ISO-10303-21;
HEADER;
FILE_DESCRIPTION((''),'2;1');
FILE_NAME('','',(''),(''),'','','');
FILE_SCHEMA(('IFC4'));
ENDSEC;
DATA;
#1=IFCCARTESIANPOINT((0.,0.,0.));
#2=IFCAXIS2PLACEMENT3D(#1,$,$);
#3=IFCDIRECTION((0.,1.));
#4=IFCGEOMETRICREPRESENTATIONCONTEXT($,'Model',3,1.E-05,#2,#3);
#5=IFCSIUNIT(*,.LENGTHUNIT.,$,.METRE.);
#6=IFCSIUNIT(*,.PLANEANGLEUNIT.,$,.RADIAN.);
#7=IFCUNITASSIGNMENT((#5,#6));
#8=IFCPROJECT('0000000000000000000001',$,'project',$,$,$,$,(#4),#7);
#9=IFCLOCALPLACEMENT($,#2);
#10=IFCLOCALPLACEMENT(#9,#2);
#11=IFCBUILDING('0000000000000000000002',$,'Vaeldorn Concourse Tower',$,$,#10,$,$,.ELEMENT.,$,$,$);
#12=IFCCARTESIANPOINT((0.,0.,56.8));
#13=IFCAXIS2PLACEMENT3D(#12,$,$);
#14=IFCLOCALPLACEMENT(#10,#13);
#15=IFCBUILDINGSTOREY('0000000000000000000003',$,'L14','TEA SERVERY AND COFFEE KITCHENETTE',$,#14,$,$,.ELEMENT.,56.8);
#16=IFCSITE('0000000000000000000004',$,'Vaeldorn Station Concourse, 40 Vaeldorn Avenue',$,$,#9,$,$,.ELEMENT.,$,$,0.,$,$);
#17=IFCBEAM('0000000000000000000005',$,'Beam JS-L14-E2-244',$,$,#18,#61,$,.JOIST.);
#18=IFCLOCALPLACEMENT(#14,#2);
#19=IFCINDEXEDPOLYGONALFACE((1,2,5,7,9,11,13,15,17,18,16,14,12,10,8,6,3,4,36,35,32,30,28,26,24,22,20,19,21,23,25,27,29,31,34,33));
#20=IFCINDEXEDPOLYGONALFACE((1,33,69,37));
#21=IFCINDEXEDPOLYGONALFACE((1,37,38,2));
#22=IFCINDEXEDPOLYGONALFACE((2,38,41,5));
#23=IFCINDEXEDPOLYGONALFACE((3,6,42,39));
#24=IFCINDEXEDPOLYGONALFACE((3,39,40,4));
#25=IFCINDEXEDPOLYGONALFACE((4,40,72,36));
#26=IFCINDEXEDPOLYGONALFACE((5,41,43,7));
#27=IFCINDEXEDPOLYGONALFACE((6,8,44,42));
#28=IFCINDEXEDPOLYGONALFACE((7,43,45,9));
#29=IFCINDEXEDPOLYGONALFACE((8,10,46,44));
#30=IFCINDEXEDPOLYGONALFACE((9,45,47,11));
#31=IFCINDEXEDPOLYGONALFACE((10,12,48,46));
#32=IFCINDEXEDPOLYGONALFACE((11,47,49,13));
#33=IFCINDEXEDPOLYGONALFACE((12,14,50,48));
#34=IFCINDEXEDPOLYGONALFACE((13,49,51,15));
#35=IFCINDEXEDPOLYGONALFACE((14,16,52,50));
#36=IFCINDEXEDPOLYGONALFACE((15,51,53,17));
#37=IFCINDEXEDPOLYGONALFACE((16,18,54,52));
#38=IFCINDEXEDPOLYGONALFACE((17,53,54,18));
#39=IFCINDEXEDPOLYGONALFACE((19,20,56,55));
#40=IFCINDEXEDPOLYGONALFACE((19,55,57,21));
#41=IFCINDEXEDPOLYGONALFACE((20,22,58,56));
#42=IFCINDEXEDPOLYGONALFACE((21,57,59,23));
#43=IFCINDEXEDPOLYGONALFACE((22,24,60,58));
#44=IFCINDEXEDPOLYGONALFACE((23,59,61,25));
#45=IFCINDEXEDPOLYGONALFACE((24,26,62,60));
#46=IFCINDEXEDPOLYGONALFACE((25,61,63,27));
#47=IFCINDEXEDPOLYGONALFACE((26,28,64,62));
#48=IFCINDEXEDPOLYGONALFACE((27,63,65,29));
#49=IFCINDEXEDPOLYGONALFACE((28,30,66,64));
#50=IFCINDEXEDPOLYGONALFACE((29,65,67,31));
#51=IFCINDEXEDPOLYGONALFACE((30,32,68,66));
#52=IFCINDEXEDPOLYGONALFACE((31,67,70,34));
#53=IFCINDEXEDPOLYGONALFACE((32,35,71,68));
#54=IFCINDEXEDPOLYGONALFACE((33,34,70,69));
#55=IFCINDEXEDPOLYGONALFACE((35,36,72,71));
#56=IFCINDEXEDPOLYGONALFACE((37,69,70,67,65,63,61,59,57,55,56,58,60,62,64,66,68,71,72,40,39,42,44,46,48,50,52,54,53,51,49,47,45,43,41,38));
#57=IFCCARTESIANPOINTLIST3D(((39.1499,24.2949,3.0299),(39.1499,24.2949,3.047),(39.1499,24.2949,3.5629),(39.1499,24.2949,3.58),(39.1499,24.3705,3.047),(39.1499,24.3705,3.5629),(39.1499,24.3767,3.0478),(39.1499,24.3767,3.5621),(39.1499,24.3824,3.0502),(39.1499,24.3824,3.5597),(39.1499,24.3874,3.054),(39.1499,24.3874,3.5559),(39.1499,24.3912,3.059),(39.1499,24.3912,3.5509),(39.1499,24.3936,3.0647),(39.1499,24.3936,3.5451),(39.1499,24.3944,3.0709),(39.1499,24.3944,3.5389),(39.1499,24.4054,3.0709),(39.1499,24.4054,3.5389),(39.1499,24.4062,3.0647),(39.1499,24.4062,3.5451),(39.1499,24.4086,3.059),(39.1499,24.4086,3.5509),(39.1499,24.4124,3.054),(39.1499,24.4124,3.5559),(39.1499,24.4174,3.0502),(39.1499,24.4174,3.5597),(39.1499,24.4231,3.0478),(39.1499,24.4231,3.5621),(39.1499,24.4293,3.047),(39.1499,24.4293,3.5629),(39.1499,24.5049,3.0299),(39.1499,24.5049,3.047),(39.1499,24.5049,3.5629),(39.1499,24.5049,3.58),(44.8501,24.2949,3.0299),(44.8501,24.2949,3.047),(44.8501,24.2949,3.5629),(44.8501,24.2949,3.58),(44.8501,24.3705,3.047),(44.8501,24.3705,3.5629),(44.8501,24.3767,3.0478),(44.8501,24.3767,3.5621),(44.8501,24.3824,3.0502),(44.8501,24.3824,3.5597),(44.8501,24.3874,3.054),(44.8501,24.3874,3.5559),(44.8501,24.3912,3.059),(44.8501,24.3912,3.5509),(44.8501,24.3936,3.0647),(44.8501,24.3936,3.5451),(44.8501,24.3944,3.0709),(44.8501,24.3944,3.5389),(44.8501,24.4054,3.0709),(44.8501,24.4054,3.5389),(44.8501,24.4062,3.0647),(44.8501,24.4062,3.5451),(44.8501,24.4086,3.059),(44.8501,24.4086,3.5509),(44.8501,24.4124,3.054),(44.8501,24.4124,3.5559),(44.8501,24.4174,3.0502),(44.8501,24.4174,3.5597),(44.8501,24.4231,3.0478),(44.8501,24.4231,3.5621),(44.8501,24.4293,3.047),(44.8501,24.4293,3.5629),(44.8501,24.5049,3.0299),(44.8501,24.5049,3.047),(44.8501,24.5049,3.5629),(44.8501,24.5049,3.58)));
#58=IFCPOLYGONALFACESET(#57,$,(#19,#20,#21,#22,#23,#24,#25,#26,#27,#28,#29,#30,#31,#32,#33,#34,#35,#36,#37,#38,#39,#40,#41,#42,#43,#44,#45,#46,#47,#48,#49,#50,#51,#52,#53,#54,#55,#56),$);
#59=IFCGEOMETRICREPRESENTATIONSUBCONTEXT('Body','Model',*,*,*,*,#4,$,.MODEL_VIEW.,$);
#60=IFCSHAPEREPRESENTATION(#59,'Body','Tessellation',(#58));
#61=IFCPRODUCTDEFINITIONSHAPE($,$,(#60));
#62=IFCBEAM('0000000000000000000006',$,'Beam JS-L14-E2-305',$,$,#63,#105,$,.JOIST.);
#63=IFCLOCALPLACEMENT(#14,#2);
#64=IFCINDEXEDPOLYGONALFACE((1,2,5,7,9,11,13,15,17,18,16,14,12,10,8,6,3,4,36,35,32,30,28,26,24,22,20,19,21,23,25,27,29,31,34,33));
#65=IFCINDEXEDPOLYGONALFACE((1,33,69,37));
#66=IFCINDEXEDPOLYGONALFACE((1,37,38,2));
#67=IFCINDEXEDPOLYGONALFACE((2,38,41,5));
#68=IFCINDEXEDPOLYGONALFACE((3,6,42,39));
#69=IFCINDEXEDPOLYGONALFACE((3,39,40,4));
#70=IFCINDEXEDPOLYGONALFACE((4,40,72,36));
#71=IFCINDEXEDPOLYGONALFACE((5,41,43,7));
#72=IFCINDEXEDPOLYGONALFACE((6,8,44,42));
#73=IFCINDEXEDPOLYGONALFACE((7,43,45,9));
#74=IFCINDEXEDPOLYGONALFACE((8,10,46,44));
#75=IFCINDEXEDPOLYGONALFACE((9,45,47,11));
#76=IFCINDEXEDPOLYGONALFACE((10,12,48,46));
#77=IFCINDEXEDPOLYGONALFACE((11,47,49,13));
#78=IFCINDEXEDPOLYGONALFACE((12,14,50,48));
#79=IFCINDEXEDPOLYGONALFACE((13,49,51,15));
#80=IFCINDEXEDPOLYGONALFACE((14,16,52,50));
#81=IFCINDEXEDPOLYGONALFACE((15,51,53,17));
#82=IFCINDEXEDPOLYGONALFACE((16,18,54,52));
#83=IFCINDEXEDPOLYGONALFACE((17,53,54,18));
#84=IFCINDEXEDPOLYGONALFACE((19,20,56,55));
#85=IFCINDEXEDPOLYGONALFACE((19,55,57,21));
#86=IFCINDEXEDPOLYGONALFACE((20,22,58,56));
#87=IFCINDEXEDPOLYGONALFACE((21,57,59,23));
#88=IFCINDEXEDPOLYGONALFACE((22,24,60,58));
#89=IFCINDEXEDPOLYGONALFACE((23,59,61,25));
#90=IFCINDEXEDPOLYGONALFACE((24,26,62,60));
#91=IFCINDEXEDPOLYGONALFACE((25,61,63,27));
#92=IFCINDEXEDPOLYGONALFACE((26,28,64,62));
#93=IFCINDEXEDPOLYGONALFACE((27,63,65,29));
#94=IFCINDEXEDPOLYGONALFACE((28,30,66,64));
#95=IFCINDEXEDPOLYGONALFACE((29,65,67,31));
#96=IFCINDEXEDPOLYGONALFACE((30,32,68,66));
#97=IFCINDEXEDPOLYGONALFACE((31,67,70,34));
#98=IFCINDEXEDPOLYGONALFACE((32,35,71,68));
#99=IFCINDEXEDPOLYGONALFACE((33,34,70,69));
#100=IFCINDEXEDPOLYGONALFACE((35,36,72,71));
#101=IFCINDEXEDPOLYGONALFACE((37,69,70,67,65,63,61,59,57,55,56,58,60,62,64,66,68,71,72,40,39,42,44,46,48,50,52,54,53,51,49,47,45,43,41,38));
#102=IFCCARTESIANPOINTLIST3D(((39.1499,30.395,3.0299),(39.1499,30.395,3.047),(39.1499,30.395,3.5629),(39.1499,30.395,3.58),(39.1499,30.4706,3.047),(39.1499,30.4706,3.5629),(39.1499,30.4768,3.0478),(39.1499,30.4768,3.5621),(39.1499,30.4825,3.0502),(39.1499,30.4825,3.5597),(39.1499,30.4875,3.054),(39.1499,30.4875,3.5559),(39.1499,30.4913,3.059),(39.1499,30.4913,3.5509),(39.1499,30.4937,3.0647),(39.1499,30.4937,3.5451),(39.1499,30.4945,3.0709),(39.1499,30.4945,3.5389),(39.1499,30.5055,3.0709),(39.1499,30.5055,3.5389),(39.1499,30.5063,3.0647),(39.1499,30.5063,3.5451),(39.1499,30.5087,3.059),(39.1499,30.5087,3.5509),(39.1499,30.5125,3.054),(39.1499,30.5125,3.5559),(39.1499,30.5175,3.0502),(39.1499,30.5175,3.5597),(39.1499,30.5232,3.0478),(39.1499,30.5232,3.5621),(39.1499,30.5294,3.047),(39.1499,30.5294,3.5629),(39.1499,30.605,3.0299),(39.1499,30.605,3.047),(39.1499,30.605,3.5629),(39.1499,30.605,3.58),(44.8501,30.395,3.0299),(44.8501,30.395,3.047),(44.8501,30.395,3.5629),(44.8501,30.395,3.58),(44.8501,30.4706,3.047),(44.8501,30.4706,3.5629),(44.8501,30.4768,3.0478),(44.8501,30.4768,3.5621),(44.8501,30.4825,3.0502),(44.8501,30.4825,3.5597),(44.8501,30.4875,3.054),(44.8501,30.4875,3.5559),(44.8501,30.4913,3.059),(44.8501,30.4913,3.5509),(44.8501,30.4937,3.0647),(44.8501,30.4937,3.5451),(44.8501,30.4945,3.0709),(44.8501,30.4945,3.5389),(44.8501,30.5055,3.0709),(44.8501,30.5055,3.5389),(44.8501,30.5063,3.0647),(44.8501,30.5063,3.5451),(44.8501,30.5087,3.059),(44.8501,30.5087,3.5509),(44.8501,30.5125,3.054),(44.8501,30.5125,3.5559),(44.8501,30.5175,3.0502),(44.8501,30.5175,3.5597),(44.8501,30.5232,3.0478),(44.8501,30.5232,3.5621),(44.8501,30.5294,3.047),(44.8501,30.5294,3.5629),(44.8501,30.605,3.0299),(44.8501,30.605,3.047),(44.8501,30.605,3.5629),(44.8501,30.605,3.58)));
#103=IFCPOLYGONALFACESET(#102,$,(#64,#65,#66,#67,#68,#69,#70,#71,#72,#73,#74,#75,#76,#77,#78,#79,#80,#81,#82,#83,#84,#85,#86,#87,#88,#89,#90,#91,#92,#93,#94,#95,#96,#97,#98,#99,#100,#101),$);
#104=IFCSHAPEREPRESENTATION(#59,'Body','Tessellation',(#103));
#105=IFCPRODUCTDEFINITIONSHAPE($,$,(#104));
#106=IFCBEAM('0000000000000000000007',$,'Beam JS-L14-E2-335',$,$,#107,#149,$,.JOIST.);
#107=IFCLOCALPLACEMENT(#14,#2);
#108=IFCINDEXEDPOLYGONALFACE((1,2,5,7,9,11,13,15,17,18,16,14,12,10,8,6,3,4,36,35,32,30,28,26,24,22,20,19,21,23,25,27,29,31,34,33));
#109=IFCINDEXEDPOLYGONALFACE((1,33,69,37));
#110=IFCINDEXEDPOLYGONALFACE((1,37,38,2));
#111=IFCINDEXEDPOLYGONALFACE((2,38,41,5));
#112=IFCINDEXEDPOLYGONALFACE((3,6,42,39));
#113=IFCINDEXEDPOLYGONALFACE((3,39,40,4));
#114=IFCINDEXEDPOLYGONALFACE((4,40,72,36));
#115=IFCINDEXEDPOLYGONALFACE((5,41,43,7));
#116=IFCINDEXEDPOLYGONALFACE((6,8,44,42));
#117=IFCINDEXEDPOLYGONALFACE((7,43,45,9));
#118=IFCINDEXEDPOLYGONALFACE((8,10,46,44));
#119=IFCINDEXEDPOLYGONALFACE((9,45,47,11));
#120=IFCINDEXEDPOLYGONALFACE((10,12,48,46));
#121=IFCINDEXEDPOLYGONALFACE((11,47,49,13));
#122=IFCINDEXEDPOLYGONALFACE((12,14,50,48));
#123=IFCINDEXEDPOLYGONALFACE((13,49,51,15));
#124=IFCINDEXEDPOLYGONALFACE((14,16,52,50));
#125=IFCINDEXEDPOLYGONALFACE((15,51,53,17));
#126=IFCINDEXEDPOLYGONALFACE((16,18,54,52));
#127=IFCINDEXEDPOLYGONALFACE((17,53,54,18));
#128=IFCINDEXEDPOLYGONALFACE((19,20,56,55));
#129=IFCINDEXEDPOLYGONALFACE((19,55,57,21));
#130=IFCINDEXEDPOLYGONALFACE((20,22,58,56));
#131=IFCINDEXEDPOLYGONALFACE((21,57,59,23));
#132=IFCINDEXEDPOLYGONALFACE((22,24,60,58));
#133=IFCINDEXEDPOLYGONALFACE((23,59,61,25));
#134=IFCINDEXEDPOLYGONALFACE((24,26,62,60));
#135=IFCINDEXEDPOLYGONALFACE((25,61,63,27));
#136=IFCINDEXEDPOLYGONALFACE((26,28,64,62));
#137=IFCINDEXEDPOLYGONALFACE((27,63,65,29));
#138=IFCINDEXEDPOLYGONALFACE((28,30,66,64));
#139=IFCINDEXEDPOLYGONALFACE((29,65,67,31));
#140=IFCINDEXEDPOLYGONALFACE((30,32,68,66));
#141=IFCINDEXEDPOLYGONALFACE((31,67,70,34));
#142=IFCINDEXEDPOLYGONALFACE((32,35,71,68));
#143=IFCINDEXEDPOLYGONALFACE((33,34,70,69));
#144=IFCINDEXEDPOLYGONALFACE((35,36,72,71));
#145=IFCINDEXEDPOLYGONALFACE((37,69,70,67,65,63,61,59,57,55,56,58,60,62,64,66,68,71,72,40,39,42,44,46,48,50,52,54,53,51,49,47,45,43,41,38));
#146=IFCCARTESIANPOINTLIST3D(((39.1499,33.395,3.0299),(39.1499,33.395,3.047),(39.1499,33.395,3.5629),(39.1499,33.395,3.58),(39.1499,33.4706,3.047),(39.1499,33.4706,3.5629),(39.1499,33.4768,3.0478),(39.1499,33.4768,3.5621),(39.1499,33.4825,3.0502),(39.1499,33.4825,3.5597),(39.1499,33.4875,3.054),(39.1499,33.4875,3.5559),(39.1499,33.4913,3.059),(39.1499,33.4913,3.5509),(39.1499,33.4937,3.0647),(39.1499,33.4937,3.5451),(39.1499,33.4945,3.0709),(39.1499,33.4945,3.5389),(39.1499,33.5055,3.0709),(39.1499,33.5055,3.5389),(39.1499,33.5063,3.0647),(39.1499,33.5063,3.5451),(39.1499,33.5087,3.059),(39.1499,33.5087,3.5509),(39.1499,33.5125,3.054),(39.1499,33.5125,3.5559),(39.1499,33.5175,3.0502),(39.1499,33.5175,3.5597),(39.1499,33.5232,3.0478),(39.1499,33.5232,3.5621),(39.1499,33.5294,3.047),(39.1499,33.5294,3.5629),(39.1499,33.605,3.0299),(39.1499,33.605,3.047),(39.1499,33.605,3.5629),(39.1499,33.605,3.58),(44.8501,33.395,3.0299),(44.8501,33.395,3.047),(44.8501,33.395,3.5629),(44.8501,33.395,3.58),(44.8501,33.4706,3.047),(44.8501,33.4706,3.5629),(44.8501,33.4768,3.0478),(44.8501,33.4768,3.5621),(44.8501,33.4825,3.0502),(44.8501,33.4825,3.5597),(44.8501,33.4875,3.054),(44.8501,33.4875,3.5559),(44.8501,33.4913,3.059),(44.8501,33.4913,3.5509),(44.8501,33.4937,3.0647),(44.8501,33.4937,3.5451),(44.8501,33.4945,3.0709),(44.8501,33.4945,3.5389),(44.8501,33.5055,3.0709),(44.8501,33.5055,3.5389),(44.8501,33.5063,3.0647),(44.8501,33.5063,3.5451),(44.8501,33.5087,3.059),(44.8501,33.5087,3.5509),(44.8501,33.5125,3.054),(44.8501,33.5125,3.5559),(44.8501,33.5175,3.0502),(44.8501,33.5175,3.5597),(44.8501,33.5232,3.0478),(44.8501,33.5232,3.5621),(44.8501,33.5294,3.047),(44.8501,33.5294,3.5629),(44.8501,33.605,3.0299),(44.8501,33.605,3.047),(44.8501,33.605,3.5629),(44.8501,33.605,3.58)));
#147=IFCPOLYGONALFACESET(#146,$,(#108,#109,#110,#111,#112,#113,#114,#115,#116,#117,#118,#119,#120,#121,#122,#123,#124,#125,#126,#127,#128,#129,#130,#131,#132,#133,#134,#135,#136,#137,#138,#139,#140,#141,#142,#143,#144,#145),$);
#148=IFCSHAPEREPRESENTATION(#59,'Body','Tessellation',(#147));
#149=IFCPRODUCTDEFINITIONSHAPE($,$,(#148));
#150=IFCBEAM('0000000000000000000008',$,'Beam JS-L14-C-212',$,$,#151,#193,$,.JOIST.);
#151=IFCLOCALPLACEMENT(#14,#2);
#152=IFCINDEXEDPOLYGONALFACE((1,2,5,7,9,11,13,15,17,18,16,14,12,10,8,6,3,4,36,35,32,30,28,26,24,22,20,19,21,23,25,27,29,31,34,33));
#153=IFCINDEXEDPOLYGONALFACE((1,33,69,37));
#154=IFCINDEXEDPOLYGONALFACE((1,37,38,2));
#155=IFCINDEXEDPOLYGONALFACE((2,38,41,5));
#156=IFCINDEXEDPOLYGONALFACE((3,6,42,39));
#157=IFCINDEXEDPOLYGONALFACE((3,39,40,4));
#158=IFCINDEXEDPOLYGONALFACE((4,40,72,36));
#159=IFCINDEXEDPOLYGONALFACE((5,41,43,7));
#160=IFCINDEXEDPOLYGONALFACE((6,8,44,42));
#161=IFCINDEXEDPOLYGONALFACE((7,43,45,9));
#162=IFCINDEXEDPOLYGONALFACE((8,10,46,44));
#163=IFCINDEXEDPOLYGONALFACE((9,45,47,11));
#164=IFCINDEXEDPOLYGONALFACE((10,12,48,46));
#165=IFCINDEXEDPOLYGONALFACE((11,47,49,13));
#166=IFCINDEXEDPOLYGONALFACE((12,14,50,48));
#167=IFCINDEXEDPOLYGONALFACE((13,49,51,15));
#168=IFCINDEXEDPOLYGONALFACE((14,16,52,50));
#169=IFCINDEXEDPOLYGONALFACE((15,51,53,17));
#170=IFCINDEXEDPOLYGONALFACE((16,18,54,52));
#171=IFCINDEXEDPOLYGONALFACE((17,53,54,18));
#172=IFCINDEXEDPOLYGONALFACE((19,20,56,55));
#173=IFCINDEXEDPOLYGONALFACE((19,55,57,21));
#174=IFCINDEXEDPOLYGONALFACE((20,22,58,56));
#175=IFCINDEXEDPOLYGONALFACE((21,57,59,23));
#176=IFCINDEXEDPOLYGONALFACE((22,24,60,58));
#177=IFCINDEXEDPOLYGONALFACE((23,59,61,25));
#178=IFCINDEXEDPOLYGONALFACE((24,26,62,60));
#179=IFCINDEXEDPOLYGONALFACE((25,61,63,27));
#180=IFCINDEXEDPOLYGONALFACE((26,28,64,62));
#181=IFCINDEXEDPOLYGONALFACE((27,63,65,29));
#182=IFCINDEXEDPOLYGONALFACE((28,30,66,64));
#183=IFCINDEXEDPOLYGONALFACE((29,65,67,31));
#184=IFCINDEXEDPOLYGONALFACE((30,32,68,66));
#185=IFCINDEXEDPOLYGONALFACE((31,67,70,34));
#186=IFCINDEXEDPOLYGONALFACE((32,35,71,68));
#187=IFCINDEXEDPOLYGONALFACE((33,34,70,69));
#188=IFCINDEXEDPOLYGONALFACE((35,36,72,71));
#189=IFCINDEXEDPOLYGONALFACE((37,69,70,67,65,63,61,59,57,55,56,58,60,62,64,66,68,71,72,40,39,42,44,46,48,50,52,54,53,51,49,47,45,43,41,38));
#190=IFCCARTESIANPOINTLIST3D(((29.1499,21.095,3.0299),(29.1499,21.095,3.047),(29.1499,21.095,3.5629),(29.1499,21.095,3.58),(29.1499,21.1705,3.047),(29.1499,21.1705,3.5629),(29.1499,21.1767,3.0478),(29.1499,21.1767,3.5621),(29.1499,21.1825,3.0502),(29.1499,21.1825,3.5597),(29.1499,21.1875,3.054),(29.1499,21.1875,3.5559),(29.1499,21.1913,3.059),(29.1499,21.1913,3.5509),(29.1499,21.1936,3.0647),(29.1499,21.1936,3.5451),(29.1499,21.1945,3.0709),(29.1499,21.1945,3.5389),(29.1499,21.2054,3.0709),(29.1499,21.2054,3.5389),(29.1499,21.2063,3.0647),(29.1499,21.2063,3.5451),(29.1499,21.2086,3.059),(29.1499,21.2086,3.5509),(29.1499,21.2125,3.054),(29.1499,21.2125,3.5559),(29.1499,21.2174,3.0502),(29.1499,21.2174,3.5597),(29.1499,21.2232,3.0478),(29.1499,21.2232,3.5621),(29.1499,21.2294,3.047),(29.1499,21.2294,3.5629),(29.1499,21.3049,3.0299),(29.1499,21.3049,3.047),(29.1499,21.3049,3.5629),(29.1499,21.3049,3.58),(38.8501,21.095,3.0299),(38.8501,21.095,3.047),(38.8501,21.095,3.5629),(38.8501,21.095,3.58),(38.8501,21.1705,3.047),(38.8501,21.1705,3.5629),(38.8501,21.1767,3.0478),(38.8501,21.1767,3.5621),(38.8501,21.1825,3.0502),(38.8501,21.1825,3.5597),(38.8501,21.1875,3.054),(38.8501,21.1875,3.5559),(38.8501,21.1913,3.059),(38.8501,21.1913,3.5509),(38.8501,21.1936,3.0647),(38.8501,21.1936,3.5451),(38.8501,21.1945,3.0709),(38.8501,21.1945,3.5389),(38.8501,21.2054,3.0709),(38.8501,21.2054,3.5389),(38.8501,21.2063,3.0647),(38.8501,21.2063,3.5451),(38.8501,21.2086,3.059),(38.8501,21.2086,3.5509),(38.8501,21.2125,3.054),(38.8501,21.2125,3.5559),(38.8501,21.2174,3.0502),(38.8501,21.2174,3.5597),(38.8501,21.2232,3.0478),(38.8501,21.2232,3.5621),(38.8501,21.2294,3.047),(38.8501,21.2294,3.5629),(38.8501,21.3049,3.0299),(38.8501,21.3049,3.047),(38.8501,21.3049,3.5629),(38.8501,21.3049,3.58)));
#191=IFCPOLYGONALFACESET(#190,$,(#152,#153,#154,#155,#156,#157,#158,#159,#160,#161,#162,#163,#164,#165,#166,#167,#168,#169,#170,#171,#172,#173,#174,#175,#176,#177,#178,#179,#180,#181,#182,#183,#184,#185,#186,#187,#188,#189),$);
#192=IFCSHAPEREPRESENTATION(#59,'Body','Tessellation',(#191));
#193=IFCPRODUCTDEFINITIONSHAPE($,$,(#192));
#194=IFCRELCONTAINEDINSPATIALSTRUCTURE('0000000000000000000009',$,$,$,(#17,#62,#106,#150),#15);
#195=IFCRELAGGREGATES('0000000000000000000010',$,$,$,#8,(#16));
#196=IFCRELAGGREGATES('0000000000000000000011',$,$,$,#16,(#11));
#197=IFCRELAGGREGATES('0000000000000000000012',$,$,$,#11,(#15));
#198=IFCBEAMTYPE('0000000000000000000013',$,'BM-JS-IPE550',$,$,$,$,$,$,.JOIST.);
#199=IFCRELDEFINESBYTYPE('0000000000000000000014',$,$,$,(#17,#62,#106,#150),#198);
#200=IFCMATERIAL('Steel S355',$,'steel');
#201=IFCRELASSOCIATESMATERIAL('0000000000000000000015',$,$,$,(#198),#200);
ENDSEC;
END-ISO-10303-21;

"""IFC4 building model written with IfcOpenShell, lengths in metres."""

from ifc_helpers import new_model, si_unit, direction, frame, origin, origin_2d, place, context, subcontext, project, spatial, i_section, extrude, source, transform, mapped, material, material_profile, profile_set, type_object, element, save


model = new_model("IFC4")

# Units and contexts
model_context = context("Model", 3, precision=1e-05, world=origin(), true_north=direction((0.0, 1.0)))
body_context = subcontext(model_context, "Body", "Model", "MODEL_VIEW")
ifc_project = project(units=[si_unit("LENGTHUNIT", "METRE"), si_unit("PLANEANGLEUNIT", "RADIAN")], contexts=[model_context])

# Site, building, storey
site_placement = place(None, origin())
site = spatial("IfcSite", under=ifc_project, at=site_placement, Name="Vaeldorn Station Concourse, 40 Vaeldorn Avenue", CompositionType="ELEMENT", RefElevation=0.0)
building_placement = place(site_placement, origin())
building = spatial("IfcBuilding", under=site, at=building_placement, Name="Vaeldorn Concourse Tower", CompositionType="ELEMENT")
storey_placement = place(building_placement, frame((0.0, 0.0, 56.8)))
storey = spatial("IfcBuildingStorey", under=building, at=storey_placement, Name="L14", Description="TEA SERVERY AND COFFEE KITCHENETTE", CompositionType="ELEMENT", Elevation=56.8)

# Beams
ifc_material_1 = material(Name="Steel S355", Category="steel")
ifc_material_profile_1 = material_profile(ifc_material_1, i_section(OverallWidth=0.21, OverallDepth=0.55, WebThickness=0.011, FlangeThickness=0.0171, FilletRadius=0.0239, at=origin_2d()), Name="IPE 550")
ifc_profile_set_1 = profile_set([ifc_material_profile_1], Name="Steel S355")
beam_type_1 = type_object("IfcBeamType", Name="BM-JS-IPE550", PredefinedType="JOIST", material=ifc_profile_set_1)
shared_shape_1 = source(origin(), body_context, "Body", "SweptSolid", [
    extrude(i_section(OverallWidth=0.21, OverallDepth=0.55, WebThickness=0.011, FlangeThickness=0.0171, FilletRadius=0.0239, at=origin_2d()), origin(), (0.0, 0.0, 1.0), 5.7002),
])
for number, where, z_axis, x_axis, name in (
    (1, (39.1499, 24.3999, 3.3049), (1.0, 0.0, 0.0), (0.0, 1.0, 0.0), "Beam JS-L14-E2-244"),
    (2, (39.1499, 30.5, 3.3049), (1.0, 0.0, 0.0), (0.0, 1.0, 0.0), "Beam JS-L14-E2-305"),
    (3, (39.1499, 33.5, 3.3049), (1.0, 0.0, 0.0), (0.0, 1.0, 0.0), "Beam JS-L14-E2-335"),
):
    element("IfcBeam", number, at=place(storey_placement, frame(where, z_axis=z_axis, x_axis=x_axis)), inside=storey, type_object=beam_type_1, Name=name, PredefinedType="JOIST", context=body_context, shape_type="MappedRepresentation", body=[
        mapped(shared_shape_1, transform((0.0, 0.0, 0.0), scale=1.0)),
    ])
shared_shape_2 = source(origin(), body_context, "Body", "SweptSolid", [
    extrude(i_section(OverallWidth=0.21, OverallDepth=0.55, WebThickness=0.011, FlangeThickness=0.0171, FilletRadius=0.0239, at=origin_2d()), origin(), (0.0, 0.0, 1.0), 9.7002),
])
for number, where, z_axis, x_axis, name in (
    (4, (29.1499, 21.2, 3.3049), (1.0, 0.0, 0.0), (0.0, 1.0, 0.0), "Beam JS-L14-C-212"),
):
    element("IfcBeam", number, at=place(storey_placement, frame(where, z_axis=z_axis, x_axis=x_axis)), inside=storey, type_object=beam_type_1, Name=name, PredefinedType="JOIST", context=body_context, shape_type="MappedRepresentation", body=[
        mapped(shared_shape_2, transform((0.0, 0.0, 0.0), scale=1.0)),
    ])

save(model, "model.ifc")
